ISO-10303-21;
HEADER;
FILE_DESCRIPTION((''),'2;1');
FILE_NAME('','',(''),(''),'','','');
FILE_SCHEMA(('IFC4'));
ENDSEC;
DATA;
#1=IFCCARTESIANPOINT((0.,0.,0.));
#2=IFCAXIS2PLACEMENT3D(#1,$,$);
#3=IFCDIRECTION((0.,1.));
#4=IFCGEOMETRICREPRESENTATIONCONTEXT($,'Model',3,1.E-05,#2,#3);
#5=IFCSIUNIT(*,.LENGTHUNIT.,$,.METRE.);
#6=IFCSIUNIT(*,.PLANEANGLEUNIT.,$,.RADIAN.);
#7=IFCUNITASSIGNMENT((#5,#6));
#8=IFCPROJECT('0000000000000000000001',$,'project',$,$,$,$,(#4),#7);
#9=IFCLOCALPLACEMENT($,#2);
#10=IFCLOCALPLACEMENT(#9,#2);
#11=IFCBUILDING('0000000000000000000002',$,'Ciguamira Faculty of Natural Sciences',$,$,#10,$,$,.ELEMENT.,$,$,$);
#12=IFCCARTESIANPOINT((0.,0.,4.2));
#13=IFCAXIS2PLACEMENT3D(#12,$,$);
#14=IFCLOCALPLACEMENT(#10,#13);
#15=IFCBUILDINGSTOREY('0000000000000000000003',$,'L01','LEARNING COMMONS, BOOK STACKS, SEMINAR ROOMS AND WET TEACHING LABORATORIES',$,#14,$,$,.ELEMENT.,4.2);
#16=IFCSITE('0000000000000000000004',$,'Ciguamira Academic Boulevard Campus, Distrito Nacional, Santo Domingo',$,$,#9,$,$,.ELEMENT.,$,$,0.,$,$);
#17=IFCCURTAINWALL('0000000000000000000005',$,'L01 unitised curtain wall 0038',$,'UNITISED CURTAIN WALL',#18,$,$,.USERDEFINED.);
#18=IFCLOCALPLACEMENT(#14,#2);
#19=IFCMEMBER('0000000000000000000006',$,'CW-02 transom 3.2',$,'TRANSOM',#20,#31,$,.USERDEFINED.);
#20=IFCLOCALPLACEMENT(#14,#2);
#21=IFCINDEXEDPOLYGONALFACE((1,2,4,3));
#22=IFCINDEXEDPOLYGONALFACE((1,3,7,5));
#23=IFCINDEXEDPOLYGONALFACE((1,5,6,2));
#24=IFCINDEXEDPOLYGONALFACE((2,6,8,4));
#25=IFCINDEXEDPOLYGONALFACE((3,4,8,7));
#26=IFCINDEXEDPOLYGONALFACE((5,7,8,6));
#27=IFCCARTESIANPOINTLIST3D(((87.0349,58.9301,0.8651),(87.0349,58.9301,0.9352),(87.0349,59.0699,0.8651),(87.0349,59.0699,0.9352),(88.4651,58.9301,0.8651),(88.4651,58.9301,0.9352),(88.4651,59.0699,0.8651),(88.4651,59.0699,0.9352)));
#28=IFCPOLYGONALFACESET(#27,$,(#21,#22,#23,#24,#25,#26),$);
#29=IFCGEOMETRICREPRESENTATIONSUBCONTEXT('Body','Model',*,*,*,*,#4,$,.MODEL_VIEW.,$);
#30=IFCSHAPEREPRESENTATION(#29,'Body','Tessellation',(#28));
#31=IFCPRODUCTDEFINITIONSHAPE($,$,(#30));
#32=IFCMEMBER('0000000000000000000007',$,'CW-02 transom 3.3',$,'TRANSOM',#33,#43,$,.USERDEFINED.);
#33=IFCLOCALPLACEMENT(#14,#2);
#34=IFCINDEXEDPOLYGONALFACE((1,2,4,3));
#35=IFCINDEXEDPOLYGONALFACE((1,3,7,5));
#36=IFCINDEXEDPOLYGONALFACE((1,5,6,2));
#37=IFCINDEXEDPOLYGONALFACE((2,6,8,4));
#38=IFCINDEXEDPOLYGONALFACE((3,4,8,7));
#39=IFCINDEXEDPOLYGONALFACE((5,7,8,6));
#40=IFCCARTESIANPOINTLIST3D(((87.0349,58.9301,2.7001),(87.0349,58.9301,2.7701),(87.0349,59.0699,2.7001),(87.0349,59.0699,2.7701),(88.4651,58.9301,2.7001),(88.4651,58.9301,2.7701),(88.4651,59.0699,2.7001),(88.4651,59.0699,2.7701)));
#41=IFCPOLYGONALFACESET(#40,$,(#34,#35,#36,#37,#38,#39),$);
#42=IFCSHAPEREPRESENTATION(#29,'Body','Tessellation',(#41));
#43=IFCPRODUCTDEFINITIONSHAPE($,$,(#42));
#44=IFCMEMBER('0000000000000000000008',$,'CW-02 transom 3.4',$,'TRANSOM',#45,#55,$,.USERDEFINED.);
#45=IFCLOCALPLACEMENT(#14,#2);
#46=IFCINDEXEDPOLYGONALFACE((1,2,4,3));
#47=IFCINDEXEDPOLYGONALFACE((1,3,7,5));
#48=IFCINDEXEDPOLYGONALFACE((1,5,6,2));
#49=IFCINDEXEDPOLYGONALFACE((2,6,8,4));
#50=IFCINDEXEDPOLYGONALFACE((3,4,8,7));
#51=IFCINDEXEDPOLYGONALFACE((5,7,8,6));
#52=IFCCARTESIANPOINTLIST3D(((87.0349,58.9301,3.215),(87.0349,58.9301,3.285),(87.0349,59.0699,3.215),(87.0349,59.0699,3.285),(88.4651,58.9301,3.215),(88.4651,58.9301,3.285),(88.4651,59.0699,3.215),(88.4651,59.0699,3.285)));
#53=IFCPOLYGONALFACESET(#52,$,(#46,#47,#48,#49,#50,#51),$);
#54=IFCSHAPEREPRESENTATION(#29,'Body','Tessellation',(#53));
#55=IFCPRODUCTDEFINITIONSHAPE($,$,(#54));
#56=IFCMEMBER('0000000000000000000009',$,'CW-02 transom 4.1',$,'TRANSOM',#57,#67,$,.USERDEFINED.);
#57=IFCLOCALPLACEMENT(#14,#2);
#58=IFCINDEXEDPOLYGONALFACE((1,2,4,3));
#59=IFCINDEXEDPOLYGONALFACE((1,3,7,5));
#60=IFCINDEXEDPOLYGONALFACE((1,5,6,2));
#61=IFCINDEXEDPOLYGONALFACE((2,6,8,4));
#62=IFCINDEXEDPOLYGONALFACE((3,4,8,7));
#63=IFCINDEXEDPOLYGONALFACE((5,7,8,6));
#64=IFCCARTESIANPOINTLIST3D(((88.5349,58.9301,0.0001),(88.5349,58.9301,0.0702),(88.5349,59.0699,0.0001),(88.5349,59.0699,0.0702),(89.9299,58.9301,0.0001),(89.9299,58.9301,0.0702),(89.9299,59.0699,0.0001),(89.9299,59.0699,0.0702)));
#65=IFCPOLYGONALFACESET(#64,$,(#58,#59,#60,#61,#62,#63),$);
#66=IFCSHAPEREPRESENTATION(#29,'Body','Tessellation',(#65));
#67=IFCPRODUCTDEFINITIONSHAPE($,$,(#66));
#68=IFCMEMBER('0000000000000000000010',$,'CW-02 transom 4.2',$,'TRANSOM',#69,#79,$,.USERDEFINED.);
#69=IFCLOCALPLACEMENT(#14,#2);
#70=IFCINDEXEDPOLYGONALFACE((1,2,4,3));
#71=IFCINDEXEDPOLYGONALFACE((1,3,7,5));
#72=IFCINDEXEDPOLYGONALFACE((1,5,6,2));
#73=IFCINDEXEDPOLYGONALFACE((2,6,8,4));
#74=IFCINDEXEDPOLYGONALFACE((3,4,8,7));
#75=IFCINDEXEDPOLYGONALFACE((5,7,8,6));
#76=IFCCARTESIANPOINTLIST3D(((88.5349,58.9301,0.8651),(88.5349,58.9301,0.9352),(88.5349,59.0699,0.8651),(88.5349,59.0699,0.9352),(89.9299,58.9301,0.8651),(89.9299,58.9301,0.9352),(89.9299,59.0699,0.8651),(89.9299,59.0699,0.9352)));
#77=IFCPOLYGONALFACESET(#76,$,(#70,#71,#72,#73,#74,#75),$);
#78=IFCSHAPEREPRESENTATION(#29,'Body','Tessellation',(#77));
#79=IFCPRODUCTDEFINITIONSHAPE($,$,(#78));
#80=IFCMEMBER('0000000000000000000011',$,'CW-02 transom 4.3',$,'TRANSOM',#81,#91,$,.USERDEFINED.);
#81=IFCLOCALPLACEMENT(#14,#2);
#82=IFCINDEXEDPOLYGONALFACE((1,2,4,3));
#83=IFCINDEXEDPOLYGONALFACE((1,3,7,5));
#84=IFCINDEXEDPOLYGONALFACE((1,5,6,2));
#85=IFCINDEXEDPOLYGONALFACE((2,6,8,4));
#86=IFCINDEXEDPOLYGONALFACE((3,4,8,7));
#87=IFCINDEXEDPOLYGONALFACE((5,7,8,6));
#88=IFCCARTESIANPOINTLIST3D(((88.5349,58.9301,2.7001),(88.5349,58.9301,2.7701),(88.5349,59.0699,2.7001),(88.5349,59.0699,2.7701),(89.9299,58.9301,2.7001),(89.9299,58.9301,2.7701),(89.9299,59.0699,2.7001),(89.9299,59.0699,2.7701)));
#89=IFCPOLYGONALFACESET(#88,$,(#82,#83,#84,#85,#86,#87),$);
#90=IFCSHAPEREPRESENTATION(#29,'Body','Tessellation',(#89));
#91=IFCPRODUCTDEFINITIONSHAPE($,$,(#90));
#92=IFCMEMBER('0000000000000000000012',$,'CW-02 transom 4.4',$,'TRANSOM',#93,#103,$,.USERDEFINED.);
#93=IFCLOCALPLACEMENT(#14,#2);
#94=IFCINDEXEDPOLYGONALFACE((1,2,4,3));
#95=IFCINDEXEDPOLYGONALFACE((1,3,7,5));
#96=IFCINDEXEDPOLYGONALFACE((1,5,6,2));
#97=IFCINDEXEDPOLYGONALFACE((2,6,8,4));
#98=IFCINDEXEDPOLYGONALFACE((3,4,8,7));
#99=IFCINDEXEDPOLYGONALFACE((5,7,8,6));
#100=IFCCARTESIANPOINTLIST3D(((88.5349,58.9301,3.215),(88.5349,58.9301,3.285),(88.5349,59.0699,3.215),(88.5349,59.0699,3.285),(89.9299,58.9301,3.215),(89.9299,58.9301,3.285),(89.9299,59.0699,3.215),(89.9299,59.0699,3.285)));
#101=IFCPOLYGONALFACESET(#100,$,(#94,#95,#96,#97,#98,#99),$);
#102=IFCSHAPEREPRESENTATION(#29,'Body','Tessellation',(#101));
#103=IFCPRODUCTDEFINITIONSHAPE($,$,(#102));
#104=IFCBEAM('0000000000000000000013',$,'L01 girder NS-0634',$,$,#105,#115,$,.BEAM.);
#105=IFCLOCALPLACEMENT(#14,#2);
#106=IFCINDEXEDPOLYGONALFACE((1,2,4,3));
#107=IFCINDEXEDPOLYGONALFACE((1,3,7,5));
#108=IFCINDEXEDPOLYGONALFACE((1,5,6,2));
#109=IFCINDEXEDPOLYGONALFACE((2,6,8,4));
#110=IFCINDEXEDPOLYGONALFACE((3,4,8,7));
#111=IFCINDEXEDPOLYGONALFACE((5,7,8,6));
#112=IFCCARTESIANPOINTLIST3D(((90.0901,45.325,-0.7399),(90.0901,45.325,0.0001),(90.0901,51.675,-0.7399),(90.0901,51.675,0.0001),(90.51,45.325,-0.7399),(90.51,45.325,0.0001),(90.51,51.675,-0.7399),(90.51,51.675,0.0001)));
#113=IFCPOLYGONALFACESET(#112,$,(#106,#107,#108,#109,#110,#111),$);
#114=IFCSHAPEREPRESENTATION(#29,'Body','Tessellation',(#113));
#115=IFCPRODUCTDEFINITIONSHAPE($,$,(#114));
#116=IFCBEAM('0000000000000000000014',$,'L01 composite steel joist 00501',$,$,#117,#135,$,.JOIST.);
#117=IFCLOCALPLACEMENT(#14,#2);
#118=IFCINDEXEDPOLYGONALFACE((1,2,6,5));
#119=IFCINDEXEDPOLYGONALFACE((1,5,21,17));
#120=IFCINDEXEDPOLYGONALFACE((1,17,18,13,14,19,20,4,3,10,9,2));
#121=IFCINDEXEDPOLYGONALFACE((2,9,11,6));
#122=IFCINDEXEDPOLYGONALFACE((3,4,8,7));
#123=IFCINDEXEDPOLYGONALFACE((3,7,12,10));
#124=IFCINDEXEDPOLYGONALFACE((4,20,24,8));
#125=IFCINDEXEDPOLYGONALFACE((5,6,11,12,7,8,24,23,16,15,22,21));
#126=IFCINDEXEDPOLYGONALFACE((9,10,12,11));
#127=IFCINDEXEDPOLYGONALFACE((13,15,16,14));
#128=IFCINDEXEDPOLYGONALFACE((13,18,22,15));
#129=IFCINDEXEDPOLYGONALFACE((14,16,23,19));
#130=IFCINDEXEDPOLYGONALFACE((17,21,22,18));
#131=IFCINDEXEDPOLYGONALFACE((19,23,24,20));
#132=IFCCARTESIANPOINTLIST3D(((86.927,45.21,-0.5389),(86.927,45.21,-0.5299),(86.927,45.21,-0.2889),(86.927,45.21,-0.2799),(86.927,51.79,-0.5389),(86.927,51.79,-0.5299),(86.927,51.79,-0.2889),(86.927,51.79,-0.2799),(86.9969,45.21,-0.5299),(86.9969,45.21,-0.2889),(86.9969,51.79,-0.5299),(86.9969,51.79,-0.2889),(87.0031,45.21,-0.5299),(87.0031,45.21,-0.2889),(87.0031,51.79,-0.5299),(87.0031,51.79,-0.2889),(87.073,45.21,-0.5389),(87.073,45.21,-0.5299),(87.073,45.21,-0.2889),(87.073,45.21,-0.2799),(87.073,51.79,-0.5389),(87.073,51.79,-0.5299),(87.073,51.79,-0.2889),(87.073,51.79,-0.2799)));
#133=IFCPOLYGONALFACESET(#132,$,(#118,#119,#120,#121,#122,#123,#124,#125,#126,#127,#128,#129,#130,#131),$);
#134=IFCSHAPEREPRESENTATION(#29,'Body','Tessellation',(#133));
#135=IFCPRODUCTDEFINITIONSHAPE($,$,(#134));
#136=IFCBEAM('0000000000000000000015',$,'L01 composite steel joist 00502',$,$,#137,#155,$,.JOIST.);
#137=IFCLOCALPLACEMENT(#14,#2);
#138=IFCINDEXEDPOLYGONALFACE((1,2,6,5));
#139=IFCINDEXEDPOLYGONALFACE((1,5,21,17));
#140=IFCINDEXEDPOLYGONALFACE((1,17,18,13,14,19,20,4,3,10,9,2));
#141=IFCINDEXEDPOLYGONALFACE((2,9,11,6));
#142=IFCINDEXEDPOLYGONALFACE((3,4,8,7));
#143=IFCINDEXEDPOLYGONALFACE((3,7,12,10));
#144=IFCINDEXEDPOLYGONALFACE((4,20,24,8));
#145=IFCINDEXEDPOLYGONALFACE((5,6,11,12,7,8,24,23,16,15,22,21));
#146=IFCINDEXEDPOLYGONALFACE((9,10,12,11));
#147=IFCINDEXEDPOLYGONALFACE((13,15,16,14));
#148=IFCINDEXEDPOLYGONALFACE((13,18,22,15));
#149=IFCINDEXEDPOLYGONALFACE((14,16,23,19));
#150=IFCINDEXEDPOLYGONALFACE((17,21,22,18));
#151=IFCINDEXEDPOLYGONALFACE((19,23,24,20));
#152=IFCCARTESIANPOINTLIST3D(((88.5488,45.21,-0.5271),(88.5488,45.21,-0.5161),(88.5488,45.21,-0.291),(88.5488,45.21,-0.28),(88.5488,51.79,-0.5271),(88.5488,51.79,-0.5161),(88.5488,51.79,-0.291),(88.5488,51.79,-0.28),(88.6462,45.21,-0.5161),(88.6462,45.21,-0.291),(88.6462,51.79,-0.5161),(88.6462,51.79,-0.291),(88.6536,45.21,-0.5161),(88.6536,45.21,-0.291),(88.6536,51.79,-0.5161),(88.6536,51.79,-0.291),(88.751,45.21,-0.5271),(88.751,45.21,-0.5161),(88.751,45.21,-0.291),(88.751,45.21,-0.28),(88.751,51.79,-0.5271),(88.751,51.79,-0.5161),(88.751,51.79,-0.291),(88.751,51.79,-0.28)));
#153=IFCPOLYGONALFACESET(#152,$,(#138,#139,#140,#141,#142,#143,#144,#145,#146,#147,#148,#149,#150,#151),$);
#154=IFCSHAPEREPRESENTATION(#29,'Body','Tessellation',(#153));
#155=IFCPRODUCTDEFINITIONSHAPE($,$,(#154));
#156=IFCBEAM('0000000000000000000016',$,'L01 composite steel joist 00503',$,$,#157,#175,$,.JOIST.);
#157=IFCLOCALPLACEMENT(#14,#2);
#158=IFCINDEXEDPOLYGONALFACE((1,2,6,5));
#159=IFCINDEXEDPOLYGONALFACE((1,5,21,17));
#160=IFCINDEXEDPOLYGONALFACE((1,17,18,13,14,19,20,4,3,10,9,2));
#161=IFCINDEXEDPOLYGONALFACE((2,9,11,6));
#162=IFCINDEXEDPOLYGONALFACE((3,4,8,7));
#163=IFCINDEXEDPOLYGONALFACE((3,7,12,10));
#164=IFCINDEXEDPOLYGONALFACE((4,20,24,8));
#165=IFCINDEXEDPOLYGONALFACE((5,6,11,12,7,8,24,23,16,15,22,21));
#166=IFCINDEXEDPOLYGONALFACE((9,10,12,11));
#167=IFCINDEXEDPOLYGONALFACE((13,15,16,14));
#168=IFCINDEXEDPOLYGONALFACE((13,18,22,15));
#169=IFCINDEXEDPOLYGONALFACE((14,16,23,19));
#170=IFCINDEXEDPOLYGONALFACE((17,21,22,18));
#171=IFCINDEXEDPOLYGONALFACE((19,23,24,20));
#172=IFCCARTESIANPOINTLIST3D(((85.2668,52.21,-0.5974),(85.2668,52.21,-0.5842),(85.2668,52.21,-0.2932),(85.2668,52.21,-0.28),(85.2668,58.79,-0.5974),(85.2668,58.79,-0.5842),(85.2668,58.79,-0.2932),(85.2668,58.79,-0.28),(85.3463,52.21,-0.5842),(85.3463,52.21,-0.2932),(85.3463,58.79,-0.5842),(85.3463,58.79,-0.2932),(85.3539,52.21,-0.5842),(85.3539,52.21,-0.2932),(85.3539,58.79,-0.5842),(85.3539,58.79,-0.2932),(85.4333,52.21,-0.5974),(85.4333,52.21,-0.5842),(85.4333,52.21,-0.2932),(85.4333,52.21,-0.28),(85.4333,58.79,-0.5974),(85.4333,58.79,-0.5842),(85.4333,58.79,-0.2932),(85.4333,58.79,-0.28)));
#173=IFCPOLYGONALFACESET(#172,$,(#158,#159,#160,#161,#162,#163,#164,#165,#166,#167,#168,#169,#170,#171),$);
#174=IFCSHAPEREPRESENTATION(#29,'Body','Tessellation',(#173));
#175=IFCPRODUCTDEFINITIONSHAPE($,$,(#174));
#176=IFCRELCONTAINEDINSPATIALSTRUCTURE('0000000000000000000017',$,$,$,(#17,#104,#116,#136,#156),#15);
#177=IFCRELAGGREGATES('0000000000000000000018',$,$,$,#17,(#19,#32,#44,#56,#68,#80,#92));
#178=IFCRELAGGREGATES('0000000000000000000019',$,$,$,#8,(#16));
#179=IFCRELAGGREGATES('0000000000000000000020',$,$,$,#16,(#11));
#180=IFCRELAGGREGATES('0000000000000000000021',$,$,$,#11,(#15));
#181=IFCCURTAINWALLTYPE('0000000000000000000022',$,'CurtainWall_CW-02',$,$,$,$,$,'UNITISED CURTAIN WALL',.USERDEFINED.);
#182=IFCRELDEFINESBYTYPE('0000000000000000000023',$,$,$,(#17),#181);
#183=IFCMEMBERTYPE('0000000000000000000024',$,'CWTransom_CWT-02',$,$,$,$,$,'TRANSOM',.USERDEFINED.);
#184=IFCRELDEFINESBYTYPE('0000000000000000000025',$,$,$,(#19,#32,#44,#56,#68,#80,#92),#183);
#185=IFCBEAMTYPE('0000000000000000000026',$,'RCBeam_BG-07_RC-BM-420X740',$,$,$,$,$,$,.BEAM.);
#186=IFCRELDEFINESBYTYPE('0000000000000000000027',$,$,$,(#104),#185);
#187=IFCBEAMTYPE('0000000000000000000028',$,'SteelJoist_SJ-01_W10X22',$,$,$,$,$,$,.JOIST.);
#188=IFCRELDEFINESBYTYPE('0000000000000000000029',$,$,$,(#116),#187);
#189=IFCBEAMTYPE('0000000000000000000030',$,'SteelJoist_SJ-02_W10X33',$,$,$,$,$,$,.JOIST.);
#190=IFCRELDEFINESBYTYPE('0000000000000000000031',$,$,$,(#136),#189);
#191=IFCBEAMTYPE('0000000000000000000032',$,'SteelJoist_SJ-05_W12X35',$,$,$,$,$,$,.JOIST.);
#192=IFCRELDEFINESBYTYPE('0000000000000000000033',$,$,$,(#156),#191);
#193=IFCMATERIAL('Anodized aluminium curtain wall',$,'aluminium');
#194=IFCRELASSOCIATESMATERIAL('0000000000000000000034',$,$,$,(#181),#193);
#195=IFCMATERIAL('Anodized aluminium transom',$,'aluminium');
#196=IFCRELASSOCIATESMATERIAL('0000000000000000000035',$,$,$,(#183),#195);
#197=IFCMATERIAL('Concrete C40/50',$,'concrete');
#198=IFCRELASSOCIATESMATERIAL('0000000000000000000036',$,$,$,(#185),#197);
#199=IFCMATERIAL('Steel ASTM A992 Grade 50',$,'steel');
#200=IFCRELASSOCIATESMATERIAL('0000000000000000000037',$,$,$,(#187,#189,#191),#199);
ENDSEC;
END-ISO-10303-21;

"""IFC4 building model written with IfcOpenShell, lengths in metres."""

from ifc_helpers import new_model, si_unit, direction, frame, origin, origin_2d, place, context, subcontext, project, spatial, rectangle, i_section, extrude, material, material_profile, profile_set, type_object, element, aggregate, save


model = new_model("IFC4")

# Units and contexts
model_context = context("Model", 3, precision=1e-05, world=origin(), true_north=direction((0.0, 1.0)))
body_context = subcontext(model_context, "Body", "Model", "MODEL_VIEW")
ifc_project = project(units=[si_unit("LENGTHUNIT", "METRE"), si_unit("PLANEANGLEUNIT", "RADIAN")], contexts=[model_context])

# Site, building, storey
site_placement = place(None, origin())
site = spatial("IfcSite", under=ifc_project, at=site_placement, Name="Ciguamira Academic Boulevard Campus, Distrito Nacional, Santo Domingo", CompositionType="ELEMENT", RefElevation=0.0)
building_placement = place(site_placement, origin())
building = spatial("IfcBuilding", under=site, at=building_placement, Name="Ciguamira Faculty of Natural Sciences", CompositionType="ELEMENT")
storey_placement = place(building_placement, frame((0.0, 0.0, 4.2)))
storey = spatial("IfcBuildingStorey", under=building, at=storey_placement, Name="L01", Description="LEARNING COMMONS, BOOK STACKS, SEMINAR ROOMS AND WET TEACHING LABORATORIES", CompositionType="ELEMENT", Elevation=4.2)

# Shared definitions
ifc_material_1 = material(Name="Concrete C40/50", Category="concrete")

# Curtain wall, members
ifc_material_2 = material(Name="Anodized aluminium curtain wall", Category="aluminium")
curtain_wall_type = type_object("IfcCurtainWallType", Name="CurtainWall_CW-02", ElementType="UNITISED CURTAIN WALL", PredefinedType="USERDEFINED", material=ifc_material_2)
curtain_wall_placement = place(storey_placement, origin())
curtain_wall = element("IfcCurtainWall", 1, at=curtain_wall_placement, inside=storey, type_object=curtain_wall_type, Name="L01 unitised curtain wall 0038", ObjectType="UNITISED CURTAIN WALL", PredefinedType="USERDEFINED")
ifc_material_3 = material(Name="Anodized aluminium transom", Category="aluminium")
ifc_material_profile_1 = material_profile(ifc_material_3, rectangle(XDim=0.0701, YDim=0.1399, at=origin_2d()), Name="ALU-TRN-70X140")
ifc_profile_set_1 = profile_set([ifc_material_profile_1], Name="Anodized aluminium transom")
member_type_1 = type_object("IfcMemberType", Name="CWTransom_CWT-02", ElementType="TRANSOM", PredefinedType="USERDEFINED", material=ifc_profile_set_1)
member_1_placement = place(storey_placement, frame((87.0349, 59.0, 0.9001), z_axis=(1.0, 0.0, 0.0), x_axis=(0.0, 0.0, 1.0)))
member_1 = element("IfcMember", 2, at=member_1_placement, type_object=member_type_1, Name="CW-02 transom 3.2", ObjectType="TRANSOM", PredefinedType="USERDEFINED", context=body_context, shape_type="SweptSolid", body=[
    extrude(rectangle(XDim=0.0701, YDim=0.1399, at=origin_2d()), origin(), (0.0, 0.0, 1.0), 1.4302),
])
member_2_placement = place(storey_placement, frame((87.0349, 59.0, 2.7351), z_axis=(1.0, 0.0, 0.0), x_axis=(0.0, 0.0, 1.0)))
member_2 = element("IfcMember", 3, at=member_2_placement, type_object=member_type_1, Name="CW-02 transom 3.3", ObjectType="TRANSOM", PredefinedType="USERDEFINED", context=body_context, shape_type="SweptSolid", body=[
    extrude(rectangle(XDim=0.0701, YDim=0.1399, at=origin_2d()), origin(), (0.0, 0.0, 1.0), 1.4302),
])
member_3_placement = place(storey_placement, frame((87.0349, 59.0, 3.25), z_axis=(1.0, 0.0, 0.0), x_axis=(0.0, 0.0, 1.0)))
member_3 = element("IfcMember", 4, at=member_3_placement, type_object=member_type_1, Name="CW-02 transom 3.4", ObjectType="TRANSOM", PredefinedType="USERDEFINED", context=body_context, shape_type="SweptSolid", body=[
    extrude(rectangle(XDim=0.0701, YDim=0.1399, at=origin_2d()), origin(), (0.0, 0.0, 1.0), 1.4302),
])
member_4_placement = place(storey_placement, frame((88.5349, 59.0, 0.0352), z_axis=(1.0, 0.0, 0.0), x_axis=(0.0, 0.0, 1.0)))
member_4 = element("IfcMember", 5, at=member_4_placement, type_object=member_type_1, Name="CW-02 transom 4.1", ObjectType="TRANSOM", PredefinedType="USERDEFINED", context=body_context, shape_type="SweptSolid", body=[
    extrude(rectangle(XDim=0.0701, YDim=0.1399, at=origin_2d()), origin(), (0.0, 0.0, 1.0), 1.395),
])
member_5_placement = place(storey_placement, frame((88.5349, 59.0, 0.9001), z_axis=(1.0, 0.0, 0.0), x_axis=(0.0, 0.0, 1.0)))
member_5 = element("IfcMember", 6, at=member_5_placement, type_object=member_type_1, Name="CW-02 transom 4.2", ObjectType="TRANSOM", PredefinedType="USERDEFINED", context=body_context, shape_type="SweptSolid", body=[
    extrude(rectangle(XDim=0.0701, YDim=0.1399, at=origin_2d()), origin(), (0.0, 0.0, 1.0), 1.395),
])
member_6_placement = place(storey_placement, frame((88.5349, 59.0, 2.7351), z_axis=(1.0, 0.0, 0.0), x_axis=(0.0, 0.0, 1.0)))
member_6 = element("IfcMember", 7, at=member_6_placement, type_object=member_type_1, Name="CW-02 transom 4.3", ObjectType="TRANSOM", PredefinedType="USERDEFINED", context=body_context, shape_type="SweptSolid", body=[
    extrude(rectangle(XDim=0.0701, YDim=0.1399, at=origin_2d()), origin(), (0.0, 0.0, 1.0), 1.395),
])
member_7_placement = place(storey_placement, frame((88.5349, 59.0, 3.25), z_axis=(1.0, 0.0, 0.0), x_axis=(0.0, 0.0, 1.0)))
member_7 = element("IfcMember", 8, at=member_7_placement, type_object=member_type_1, Name="CW-02 transom 4.4", ObjectType="TRANSOM", PredefinedType="USERDEFINED", context=body_context, shape_type="SweptSolid", body=[
    extrude(rectangle(XDim=0.0701, YDim=0.1399, at=origin_2d()), origin(), (0.0, 0.0, 1.0), 1.395),
])

# Beams
ifc_material_profile_2 = material_profile(ifc_material_1, rectangle(XDim=0.4199, YDim=0.74, at=origin_2d()), Name="RC-BM-420X740")
ifc_profile_set_2 = profile_set([ifc_material_profile_2], Name="Concrete C40/50")
beam_type_1 = type_object("IfcBeamType", Name="RCBeam_BG-07_RC-BM-420X740", PredefinedType="BEAM", material=ifc_profile_set_2)
beam_1_placement = place(storey_placement, frame((90.3, 45.325, -0.3699), z_axis=(0.0, 1.0, 0.0), x_axis=(-1.0, 0.0, 0.0)))
element("IfcBeam", 9, at=beam_1_placement, inside=storey, type_object=beam_type_1, Name="L01 girder NS-0634", PredefinedType="BEAM", context=body_context, shape_type="SweptSolid", body=[
    extrude(rectangle(XDim=0.4199, YDim=0.74, at=origin_2d()), origin(), (0.0, 0.0, 1.0), 6.3501),
])
ifc_material_4 = material(Name="Steel ASTM A992 Grade 50", Category="steel")
ifc_material_profile_3 = material_profile(ifc_material_4, i_section(OverallWidth=0.146, OverallDepth=0.259, WebThickness=0.0061, FlangeThickness=0.009, at=origin_2d()), Name="W10X22")
ifc_profile_set_3 = profile_set([ifc_material_profile_3], Name="Steel ASTM A992 Grade 50")
beam_type_2 = type_object("IfcBeamType", Name="SteelJoist_SJ-01_W10X22", PredefinedType="JOIST", material=ifc_profile_set_3)
beam_2_placement = place(storey_placement, frame((87.0, 45.21, -0.4094), z_axis=(0.0, 1.0, 0.0), x_axis=(-1.0, 0.0, 0.0)))
element("IfcBeam", 10, at=beam_2_placement, inside=storey, type_object=beam_type_2, Name="L01 composite steel joist 00501", PredefinedType="JOIST", context=body_context, shape_type="SweptSolid", body=[
    extrude(i_section(OverallWidth=0.146, OverallDepth=0.259, WebThickness=0.0061, FlangeThickness=0.009, at=origin_2d()), origin(), (0.0, 0.0, 1.0), 6.5801),
])
ifc_material_profile_4 = material_profile(ifc_material_4, i_section(OverallWidth=0.2021, OverallDepth=0.2471, WebThickness=0.0073, FlangeThickness=0.011, at=origin_2d()), Name="W10X33")
ifc_profile_set_4 = profile_set([ifc_material_profile_4], Name="Steel ASTM A992 Grade 50")
beam_type_3 = type_object("IfcBeamType", Name="SteelJoist_SJ-02_W10X33", PredefinedType="JOIST", material=ifc_profile_set_4)
beam_3_placement = place(storey_placement, frame((88.6499, 45.21, -0.4036), z_axis=(0.0, 1.0, 0.0), x_axis=(-1.0, 0.0, 0.0)))
element("IfcBeam", 11, at=beam_3_placement, inside=storey, type_object=beam_type_3, Name="L01 composite steel joist 00502", PredefinedType="JOIST", context=body_context, shape_type="SweptSolid", body=[
    extrude(i_section(OverallWidth=0.2021, OverallDepth=0.2471, WebThickness=0.0073, FlangeThickness=0.011, at=origin_2d()), origin(), (0.0, 0.0, 1.0), 6.5801),
])
ifc_material_profile_5 = material_profile(ifc_material_4, i_section(OverallWidth=0.1665, OverallDepth=0.3174, WebThickness=0.0076, FlangeThickness=0.0132, at=origin_2d()), Name="W12X35")
ifc_profile_set_5 = profile_set([ifc_material_profile_5], Name="Steel ASTM A992 Grade 50")
beam_type_4 = type_object("IfcBeamType", Name="SteelJoist_SJ-05_W12X35", PredefinedType="JOIST", material=ifc_profile_set_5)
beam_4_placement = place(storey_placement, frame((85.3501, 52.21, -0.4387), z_axis=(0.0, 1.0, 0.0), x_axis=(-1.0, 0.0, 0.0)))
element("IfcBeam", 12, at=beam_4_placement, inside=storey, type_object=beam_type_4, Name="L01 composite steel joist 00503", PredefinedType="JOIST", context=body_context, shape_type="SweptSolid", body=[
    extrude(i_section(OverallWidth=0.1665, OverallDepth=0.3174, WebThickness=0.0076, FlangeThickness=0.0132, at=origin_2d()), origin(), (0.0, 0.0, 1.0), 6.5801),
])

aggregate(curtain_wall, [member_1, member_2, member_3, member_4, member_5, member_6, member_7])

save(model, "model.ifc")
